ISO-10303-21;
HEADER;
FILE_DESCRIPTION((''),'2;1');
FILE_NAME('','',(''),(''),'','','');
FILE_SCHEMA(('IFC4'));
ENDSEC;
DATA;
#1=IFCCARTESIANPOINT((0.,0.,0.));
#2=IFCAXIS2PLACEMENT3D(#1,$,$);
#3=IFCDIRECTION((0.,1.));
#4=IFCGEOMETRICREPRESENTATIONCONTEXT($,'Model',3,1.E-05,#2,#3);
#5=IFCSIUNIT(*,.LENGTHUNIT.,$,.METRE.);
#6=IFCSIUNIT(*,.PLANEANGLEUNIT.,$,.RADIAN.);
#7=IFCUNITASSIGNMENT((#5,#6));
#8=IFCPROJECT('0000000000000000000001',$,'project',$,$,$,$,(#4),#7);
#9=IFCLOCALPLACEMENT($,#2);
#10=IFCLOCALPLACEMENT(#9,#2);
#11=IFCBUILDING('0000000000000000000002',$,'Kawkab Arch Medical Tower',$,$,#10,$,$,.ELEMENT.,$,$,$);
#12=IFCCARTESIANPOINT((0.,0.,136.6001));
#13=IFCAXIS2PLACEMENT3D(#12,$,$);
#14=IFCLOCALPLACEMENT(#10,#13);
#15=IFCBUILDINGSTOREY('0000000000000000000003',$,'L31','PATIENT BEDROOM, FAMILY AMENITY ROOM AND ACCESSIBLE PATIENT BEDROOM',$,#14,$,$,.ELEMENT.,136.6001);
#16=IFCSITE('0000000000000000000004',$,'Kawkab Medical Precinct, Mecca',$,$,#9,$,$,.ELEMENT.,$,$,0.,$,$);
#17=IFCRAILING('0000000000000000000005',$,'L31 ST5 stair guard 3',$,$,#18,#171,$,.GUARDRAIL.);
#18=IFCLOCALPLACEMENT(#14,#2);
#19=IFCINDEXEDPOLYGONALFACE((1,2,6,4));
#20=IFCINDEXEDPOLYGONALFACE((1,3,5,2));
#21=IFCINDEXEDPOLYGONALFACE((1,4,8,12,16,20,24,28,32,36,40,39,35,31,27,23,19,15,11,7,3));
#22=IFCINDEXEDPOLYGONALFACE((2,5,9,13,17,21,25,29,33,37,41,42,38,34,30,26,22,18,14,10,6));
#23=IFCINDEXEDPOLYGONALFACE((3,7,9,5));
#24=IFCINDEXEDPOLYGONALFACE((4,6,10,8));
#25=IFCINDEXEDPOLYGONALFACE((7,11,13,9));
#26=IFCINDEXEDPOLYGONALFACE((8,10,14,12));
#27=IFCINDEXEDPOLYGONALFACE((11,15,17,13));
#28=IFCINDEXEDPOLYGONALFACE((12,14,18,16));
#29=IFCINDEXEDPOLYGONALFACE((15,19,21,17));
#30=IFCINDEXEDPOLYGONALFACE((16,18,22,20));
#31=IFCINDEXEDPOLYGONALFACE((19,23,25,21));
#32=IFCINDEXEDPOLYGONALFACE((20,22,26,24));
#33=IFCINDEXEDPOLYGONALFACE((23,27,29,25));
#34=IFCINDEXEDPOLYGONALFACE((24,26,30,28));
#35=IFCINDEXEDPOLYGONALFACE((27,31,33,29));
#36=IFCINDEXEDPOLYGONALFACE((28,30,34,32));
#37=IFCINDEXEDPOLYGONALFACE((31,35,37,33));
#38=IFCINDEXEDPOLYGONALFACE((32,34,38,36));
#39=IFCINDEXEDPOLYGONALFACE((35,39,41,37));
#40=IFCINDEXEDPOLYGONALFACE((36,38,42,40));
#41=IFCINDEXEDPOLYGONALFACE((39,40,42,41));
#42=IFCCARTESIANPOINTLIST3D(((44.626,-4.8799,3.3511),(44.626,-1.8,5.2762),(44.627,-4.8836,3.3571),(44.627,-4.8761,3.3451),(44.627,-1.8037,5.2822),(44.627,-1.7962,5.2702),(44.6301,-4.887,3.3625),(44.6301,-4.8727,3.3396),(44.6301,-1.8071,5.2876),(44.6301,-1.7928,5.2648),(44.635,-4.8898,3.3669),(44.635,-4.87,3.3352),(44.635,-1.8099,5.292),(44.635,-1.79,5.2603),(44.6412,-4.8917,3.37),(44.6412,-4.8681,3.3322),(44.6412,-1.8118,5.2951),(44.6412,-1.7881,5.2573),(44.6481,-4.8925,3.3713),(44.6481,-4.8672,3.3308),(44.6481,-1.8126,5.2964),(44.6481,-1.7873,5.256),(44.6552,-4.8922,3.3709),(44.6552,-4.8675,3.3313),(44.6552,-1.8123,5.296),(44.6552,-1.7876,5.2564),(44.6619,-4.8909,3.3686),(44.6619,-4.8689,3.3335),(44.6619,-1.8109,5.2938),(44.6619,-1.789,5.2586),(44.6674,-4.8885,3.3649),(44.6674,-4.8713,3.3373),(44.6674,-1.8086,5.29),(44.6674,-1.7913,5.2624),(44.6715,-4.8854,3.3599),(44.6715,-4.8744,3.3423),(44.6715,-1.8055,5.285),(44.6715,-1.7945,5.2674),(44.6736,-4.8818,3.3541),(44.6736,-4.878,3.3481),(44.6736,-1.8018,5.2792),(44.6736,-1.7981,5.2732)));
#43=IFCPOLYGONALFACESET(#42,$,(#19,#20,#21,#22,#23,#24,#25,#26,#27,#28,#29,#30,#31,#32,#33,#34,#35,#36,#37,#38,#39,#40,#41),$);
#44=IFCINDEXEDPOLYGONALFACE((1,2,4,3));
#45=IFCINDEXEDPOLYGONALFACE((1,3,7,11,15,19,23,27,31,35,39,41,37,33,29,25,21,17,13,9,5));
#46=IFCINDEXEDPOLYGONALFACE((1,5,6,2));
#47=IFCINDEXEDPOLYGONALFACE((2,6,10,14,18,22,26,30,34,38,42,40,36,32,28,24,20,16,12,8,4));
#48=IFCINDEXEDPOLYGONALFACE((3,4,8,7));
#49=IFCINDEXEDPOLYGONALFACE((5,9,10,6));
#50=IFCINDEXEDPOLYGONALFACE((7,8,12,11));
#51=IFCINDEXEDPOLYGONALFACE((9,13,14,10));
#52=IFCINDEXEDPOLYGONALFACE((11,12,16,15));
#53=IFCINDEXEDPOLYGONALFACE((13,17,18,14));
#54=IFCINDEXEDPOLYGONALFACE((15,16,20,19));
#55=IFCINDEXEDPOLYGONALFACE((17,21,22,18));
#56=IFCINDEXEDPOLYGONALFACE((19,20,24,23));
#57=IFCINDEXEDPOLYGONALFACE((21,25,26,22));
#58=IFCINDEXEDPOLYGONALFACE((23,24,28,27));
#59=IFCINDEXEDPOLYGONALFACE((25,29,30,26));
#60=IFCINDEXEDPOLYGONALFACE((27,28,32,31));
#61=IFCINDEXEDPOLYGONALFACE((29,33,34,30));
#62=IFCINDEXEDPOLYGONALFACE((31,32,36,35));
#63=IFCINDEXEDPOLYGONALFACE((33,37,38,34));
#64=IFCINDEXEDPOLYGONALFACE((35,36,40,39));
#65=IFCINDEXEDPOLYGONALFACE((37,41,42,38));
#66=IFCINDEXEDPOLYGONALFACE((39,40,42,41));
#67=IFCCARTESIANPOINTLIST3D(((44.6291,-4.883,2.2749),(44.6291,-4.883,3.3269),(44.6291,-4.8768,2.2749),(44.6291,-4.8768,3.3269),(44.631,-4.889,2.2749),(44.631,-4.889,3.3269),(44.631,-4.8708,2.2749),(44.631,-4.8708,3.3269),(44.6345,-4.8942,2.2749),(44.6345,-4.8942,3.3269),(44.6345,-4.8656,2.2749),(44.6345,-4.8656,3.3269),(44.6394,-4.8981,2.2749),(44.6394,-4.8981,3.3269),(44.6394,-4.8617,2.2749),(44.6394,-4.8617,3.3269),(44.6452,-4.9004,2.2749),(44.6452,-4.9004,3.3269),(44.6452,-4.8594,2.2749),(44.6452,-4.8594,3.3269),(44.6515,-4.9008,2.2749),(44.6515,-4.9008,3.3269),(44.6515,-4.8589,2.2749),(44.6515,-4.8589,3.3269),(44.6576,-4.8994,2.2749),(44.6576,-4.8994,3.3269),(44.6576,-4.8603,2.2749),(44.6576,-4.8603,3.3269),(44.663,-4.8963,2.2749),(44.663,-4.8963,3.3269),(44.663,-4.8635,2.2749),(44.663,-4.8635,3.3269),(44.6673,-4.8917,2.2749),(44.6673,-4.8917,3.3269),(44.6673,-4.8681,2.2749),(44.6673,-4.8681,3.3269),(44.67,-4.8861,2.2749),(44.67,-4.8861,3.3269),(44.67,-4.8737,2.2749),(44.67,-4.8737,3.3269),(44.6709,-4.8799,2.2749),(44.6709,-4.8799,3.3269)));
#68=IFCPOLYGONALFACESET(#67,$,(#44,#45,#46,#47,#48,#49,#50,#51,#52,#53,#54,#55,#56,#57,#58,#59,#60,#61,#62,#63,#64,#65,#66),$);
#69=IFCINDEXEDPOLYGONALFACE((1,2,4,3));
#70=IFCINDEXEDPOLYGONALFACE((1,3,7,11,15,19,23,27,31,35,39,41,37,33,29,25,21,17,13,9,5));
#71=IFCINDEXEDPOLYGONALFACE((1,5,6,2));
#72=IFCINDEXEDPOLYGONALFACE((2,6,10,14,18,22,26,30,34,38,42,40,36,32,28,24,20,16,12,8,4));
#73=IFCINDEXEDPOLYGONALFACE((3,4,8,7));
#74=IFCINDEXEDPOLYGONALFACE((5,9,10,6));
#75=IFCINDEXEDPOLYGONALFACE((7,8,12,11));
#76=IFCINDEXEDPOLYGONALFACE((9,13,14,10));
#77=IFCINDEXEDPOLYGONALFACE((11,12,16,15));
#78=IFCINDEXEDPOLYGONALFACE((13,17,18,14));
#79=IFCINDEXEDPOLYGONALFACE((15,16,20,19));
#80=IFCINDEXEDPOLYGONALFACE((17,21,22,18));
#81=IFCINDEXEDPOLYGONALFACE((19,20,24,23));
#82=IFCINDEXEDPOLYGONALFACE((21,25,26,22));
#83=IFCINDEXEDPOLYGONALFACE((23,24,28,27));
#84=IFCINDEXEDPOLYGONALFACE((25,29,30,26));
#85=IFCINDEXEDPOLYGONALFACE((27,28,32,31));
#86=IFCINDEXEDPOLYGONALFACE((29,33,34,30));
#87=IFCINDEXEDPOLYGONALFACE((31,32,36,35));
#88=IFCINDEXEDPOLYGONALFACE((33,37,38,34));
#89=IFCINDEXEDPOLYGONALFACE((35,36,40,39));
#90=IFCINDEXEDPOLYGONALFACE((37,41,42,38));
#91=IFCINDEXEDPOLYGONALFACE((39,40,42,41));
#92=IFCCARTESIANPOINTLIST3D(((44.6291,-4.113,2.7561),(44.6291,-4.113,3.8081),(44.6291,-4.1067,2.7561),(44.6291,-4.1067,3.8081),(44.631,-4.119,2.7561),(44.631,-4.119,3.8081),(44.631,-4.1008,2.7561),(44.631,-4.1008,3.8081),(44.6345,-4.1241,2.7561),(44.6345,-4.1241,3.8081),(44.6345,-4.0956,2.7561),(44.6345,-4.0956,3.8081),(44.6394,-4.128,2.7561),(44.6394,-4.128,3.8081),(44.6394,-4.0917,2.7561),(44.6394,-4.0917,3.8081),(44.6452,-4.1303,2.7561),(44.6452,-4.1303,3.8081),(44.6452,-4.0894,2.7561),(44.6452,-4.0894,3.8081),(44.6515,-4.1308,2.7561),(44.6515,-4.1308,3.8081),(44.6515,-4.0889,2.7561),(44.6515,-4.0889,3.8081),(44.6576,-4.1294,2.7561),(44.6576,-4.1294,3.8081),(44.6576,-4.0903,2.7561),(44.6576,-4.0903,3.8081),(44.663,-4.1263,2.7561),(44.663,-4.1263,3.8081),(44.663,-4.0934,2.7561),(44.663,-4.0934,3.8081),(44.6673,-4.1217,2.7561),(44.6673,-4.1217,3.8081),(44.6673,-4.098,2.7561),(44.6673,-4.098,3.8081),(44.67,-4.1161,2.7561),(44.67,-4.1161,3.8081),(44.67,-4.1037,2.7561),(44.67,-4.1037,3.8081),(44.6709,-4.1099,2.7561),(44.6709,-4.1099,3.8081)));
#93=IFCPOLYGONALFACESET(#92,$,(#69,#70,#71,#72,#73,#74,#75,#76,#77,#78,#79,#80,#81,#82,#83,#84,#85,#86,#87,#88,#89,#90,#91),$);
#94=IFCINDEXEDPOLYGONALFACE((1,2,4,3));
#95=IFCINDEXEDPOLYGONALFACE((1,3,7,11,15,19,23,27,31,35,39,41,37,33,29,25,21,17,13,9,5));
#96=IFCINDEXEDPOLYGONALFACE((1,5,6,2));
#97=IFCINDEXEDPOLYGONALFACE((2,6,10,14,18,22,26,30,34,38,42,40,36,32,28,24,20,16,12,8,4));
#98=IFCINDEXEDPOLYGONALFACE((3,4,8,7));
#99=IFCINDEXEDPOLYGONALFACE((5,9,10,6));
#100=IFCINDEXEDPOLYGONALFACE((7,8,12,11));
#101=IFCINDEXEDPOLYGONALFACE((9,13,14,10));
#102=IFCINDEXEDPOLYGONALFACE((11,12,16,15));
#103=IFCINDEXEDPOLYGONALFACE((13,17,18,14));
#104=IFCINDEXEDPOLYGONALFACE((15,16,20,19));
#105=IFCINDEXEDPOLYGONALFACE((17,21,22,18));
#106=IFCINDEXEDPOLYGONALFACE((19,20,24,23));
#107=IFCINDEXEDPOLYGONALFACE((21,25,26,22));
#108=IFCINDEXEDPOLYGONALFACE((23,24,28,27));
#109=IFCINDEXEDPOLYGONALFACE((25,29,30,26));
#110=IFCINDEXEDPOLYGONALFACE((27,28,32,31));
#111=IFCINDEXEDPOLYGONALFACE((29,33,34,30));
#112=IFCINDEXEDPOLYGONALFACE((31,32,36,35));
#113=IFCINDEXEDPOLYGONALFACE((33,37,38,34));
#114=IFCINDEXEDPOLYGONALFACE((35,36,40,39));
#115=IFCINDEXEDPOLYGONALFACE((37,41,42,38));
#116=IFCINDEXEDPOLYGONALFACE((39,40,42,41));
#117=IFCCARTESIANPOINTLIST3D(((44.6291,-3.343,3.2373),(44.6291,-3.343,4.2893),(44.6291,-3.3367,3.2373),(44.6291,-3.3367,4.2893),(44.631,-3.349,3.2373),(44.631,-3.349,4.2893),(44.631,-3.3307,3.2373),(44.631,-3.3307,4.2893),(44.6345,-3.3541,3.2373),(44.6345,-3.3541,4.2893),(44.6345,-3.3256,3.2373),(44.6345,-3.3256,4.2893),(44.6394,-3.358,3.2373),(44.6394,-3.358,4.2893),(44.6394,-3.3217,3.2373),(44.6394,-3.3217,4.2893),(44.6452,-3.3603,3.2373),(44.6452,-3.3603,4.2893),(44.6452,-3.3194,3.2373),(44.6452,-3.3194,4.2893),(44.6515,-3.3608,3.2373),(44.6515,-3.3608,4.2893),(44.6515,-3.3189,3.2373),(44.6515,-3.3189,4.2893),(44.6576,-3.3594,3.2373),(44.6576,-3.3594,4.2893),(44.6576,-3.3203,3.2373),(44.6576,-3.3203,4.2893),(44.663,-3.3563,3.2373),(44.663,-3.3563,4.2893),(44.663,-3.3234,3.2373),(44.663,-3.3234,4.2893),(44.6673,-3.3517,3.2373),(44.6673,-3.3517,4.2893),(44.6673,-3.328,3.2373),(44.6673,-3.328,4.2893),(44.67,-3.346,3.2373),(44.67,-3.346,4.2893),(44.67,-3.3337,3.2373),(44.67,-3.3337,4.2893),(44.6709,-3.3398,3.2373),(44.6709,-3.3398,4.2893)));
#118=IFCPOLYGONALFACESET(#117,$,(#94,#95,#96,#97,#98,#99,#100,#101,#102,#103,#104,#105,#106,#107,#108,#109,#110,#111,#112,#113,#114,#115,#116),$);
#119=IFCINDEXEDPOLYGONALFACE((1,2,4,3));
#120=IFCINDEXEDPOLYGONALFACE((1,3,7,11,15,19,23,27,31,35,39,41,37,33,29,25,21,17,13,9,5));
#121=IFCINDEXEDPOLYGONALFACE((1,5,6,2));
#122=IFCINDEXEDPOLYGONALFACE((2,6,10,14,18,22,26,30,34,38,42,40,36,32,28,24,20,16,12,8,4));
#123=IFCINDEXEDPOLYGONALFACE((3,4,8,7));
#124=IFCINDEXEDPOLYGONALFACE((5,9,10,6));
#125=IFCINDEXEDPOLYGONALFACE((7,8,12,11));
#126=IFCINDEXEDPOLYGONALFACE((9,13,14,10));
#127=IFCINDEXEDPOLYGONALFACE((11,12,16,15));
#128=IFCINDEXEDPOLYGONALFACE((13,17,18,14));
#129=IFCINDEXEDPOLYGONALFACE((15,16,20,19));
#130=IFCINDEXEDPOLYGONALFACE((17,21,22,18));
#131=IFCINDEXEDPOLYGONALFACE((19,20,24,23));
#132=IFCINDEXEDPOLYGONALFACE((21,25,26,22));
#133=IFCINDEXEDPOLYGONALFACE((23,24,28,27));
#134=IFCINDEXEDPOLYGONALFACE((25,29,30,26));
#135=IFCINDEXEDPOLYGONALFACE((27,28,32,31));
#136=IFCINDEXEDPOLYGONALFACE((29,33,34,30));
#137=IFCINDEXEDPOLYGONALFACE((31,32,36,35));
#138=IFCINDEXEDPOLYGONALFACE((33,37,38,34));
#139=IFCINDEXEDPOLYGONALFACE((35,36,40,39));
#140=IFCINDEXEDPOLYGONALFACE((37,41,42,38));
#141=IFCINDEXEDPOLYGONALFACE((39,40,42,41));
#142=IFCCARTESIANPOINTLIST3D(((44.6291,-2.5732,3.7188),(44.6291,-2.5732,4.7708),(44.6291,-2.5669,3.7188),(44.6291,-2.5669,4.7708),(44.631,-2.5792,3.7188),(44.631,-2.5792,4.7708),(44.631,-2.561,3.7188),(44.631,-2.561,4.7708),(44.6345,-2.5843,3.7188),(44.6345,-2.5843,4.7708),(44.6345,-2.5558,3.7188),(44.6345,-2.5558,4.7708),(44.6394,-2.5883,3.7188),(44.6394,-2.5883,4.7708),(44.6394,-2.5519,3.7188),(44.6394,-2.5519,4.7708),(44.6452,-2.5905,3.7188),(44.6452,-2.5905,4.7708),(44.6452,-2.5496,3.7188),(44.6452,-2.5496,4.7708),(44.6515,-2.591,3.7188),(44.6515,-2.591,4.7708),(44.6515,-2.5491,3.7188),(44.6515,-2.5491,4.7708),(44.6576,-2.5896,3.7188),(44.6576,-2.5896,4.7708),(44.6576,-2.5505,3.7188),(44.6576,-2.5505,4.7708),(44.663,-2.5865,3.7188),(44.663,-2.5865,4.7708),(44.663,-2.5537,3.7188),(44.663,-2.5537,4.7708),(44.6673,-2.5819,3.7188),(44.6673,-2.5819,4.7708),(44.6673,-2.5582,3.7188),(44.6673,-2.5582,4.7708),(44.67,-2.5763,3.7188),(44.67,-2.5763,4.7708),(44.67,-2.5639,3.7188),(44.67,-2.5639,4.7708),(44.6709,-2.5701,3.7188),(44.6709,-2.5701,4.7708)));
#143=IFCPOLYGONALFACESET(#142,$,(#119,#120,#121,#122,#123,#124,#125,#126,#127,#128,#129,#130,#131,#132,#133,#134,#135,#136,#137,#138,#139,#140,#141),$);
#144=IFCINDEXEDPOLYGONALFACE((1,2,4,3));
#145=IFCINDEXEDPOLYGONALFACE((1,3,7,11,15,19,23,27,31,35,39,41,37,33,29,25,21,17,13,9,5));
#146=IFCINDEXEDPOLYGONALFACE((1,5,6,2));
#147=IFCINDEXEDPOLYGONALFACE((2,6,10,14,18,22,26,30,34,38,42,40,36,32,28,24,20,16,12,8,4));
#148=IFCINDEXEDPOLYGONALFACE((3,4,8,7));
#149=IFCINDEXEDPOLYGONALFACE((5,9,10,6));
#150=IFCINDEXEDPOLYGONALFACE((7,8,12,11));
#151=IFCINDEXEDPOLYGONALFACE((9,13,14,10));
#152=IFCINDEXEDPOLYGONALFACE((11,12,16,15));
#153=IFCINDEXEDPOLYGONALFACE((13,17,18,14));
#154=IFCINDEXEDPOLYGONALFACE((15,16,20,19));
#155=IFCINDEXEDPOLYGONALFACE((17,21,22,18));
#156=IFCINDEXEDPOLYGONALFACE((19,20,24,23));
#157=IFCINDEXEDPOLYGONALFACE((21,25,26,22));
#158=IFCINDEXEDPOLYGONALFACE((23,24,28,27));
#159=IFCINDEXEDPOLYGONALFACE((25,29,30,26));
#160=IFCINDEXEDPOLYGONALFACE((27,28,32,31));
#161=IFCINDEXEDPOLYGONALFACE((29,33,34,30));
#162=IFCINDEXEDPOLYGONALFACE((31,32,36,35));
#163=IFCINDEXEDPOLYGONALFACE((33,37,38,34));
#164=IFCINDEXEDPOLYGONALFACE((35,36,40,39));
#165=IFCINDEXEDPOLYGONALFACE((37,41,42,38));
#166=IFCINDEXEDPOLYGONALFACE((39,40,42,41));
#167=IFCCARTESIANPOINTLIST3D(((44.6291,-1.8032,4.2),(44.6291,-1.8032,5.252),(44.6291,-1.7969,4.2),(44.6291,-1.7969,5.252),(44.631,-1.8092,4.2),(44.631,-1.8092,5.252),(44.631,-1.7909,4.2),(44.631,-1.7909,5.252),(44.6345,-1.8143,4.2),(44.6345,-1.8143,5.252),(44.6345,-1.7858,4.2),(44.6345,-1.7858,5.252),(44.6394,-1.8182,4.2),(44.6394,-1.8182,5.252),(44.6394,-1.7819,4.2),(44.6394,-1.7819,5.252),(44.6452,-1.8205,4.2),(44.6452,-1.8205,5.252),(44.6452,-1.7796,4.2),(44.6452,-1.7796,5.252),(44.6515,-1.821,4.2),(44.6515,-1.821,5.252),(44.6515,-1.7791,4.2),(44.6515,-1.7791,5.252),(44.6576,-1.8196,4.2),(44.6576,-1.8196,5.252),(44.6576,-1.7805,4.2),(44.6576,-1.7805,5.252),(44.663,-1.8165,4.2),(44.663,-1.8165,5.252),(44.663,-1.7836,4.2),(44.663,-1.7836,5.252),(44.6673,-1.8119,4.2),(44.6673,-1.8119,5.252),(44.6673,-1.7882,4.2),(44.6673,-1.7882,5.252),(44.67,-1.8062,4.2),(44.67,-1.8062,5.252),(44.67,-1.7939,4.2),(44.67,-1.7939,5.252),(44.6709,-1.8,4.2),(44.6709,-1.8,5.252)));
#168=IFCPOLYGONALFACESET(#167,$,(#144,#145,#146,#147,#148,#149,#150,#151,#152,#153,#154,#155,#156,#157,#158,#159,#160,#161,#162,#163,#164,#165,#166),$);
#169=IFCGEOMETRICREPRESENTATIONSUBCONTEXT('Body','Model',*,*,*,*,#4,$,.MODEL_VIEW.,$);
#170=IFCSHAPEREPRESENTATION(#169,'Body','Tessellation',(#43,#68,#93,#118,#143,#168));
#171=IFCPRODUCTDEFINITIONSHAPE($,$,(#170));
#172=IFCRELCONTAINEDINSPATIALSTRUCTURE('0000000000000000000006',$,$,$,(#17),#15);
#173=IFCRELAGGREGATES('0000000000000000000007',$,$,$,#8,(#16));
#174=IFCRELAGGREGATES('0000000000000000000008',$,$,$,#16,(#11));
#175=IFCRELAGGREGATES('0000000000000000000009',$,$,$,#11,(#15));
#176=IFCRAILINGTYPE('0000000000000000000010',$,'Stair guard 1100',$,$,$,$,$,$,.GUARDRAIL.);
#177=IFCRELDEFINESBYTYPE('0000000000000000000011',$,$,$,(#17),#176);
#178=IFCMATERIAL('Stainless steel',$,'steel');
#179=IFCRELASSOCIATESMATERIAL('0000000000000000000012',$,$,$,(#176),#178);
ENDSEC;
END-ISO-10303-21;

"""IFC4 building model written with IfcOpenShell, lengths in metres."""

from ifc_helpers import new_model, si_unit, direction, frame, origin, origin_2d, place, context, subcontext, project, spatial, circle, extrude, material, type_object, element, save


model = new_model("IFC4")

# Units and contexts
model_context = context("Model", 3, precision=1e-05, world=origin(), true_north=direction((0.0, 1.0)))
body_context = subcontext(model_context, "Body", "Model", "MODEL_VIEW")
ifc_project = project(units=[si_unit("LENGTHUNIT", "METRE"), si_unit("PLANEANGLEUNIT", "RADIAN")], contexts=[model_context])

# Site, building, storey
site_placement = place(None, origin())
site = spatial("IfcSite", under=ifc_project, at=site_placement, Name="Kawkab Medical Precinct, Mecca", CompositionType="ELEMENT", RefElevation=0.0)
building_placement = place(site_placement, origin())
building = spatial("IfcBuilding", under=site, at=building_placement, Name="Kawkab Arch Medical Tower", CompositionType="ELEMENT")
storey_placement = place(building_placement, frame((0.0, 0.0, 136.6001)))
storey = spatial("IfcBuildingStorey", under=building, at=storey_placement, Name="L31", Description="PATIENT BEDROOM, FAMILY AMENITY ROOM AND ACCESSIBLE PATIENT BEDROOM", CompositionType="ELEMENT", Elevation=136.6001)

# Railing
ifc_material_1 = material(Name="Stainless steel", Category="steel")
railing_type = type_object("IfcRailingType", Name="Stair guard 1100", PredefinedType="GUARDRAIL", material=ifc_material_1)
railing_1_placement = place(storey_placement, frame((44.6499, -4.8799, 2.2749)))
element("IfcRailing", 1, at=railing_1_placement, inside=storey, type_object=railing_type, Name="L31 ST5 stair guard 3", PredefinedType="GUARDRAIL", context=body_context, shape_type="SweptSolid", body=[
    extrude(circle(Radius=0.0239, at=origin_2d()), frame((0.0, 0.0, 1.0762), z_axis=(0.0, 0.847979, 0.530029), x_axis=(-1.0, 0.0, 0.0)), (0.0, 0.0, 1.0), 3.6321),
    extrude(circle(Radius=0.021, at=origin_2d()), origin(), (0.0, 0.0, 1.0), 1.052),
    extrude(circle(Radius=0.021, at=origin_2d()), frame((0.0, 0.77, 0.4812)), (0.0, 0.0, 1.0), 1.052),
    extrude(circle(Radius=0.021, at=origin_2d()), frame((0.0, 1.54, 0.9624)), (0.0, 0.0, 1.0), 1.052),
    extrude(circle(Radius=0.021, at=origin_2d()), frame((0.0, 2.3098, 1.4438)), (0.0, 0.0, 1.0), 1.052),
    extrude(circle(Radius=0.021, at=origin_2d()), frame((0.0, 3.0798, 1.925)), (0.0, 0.0, 1.0), 1.052),
])

save(model, "model.ifc")
